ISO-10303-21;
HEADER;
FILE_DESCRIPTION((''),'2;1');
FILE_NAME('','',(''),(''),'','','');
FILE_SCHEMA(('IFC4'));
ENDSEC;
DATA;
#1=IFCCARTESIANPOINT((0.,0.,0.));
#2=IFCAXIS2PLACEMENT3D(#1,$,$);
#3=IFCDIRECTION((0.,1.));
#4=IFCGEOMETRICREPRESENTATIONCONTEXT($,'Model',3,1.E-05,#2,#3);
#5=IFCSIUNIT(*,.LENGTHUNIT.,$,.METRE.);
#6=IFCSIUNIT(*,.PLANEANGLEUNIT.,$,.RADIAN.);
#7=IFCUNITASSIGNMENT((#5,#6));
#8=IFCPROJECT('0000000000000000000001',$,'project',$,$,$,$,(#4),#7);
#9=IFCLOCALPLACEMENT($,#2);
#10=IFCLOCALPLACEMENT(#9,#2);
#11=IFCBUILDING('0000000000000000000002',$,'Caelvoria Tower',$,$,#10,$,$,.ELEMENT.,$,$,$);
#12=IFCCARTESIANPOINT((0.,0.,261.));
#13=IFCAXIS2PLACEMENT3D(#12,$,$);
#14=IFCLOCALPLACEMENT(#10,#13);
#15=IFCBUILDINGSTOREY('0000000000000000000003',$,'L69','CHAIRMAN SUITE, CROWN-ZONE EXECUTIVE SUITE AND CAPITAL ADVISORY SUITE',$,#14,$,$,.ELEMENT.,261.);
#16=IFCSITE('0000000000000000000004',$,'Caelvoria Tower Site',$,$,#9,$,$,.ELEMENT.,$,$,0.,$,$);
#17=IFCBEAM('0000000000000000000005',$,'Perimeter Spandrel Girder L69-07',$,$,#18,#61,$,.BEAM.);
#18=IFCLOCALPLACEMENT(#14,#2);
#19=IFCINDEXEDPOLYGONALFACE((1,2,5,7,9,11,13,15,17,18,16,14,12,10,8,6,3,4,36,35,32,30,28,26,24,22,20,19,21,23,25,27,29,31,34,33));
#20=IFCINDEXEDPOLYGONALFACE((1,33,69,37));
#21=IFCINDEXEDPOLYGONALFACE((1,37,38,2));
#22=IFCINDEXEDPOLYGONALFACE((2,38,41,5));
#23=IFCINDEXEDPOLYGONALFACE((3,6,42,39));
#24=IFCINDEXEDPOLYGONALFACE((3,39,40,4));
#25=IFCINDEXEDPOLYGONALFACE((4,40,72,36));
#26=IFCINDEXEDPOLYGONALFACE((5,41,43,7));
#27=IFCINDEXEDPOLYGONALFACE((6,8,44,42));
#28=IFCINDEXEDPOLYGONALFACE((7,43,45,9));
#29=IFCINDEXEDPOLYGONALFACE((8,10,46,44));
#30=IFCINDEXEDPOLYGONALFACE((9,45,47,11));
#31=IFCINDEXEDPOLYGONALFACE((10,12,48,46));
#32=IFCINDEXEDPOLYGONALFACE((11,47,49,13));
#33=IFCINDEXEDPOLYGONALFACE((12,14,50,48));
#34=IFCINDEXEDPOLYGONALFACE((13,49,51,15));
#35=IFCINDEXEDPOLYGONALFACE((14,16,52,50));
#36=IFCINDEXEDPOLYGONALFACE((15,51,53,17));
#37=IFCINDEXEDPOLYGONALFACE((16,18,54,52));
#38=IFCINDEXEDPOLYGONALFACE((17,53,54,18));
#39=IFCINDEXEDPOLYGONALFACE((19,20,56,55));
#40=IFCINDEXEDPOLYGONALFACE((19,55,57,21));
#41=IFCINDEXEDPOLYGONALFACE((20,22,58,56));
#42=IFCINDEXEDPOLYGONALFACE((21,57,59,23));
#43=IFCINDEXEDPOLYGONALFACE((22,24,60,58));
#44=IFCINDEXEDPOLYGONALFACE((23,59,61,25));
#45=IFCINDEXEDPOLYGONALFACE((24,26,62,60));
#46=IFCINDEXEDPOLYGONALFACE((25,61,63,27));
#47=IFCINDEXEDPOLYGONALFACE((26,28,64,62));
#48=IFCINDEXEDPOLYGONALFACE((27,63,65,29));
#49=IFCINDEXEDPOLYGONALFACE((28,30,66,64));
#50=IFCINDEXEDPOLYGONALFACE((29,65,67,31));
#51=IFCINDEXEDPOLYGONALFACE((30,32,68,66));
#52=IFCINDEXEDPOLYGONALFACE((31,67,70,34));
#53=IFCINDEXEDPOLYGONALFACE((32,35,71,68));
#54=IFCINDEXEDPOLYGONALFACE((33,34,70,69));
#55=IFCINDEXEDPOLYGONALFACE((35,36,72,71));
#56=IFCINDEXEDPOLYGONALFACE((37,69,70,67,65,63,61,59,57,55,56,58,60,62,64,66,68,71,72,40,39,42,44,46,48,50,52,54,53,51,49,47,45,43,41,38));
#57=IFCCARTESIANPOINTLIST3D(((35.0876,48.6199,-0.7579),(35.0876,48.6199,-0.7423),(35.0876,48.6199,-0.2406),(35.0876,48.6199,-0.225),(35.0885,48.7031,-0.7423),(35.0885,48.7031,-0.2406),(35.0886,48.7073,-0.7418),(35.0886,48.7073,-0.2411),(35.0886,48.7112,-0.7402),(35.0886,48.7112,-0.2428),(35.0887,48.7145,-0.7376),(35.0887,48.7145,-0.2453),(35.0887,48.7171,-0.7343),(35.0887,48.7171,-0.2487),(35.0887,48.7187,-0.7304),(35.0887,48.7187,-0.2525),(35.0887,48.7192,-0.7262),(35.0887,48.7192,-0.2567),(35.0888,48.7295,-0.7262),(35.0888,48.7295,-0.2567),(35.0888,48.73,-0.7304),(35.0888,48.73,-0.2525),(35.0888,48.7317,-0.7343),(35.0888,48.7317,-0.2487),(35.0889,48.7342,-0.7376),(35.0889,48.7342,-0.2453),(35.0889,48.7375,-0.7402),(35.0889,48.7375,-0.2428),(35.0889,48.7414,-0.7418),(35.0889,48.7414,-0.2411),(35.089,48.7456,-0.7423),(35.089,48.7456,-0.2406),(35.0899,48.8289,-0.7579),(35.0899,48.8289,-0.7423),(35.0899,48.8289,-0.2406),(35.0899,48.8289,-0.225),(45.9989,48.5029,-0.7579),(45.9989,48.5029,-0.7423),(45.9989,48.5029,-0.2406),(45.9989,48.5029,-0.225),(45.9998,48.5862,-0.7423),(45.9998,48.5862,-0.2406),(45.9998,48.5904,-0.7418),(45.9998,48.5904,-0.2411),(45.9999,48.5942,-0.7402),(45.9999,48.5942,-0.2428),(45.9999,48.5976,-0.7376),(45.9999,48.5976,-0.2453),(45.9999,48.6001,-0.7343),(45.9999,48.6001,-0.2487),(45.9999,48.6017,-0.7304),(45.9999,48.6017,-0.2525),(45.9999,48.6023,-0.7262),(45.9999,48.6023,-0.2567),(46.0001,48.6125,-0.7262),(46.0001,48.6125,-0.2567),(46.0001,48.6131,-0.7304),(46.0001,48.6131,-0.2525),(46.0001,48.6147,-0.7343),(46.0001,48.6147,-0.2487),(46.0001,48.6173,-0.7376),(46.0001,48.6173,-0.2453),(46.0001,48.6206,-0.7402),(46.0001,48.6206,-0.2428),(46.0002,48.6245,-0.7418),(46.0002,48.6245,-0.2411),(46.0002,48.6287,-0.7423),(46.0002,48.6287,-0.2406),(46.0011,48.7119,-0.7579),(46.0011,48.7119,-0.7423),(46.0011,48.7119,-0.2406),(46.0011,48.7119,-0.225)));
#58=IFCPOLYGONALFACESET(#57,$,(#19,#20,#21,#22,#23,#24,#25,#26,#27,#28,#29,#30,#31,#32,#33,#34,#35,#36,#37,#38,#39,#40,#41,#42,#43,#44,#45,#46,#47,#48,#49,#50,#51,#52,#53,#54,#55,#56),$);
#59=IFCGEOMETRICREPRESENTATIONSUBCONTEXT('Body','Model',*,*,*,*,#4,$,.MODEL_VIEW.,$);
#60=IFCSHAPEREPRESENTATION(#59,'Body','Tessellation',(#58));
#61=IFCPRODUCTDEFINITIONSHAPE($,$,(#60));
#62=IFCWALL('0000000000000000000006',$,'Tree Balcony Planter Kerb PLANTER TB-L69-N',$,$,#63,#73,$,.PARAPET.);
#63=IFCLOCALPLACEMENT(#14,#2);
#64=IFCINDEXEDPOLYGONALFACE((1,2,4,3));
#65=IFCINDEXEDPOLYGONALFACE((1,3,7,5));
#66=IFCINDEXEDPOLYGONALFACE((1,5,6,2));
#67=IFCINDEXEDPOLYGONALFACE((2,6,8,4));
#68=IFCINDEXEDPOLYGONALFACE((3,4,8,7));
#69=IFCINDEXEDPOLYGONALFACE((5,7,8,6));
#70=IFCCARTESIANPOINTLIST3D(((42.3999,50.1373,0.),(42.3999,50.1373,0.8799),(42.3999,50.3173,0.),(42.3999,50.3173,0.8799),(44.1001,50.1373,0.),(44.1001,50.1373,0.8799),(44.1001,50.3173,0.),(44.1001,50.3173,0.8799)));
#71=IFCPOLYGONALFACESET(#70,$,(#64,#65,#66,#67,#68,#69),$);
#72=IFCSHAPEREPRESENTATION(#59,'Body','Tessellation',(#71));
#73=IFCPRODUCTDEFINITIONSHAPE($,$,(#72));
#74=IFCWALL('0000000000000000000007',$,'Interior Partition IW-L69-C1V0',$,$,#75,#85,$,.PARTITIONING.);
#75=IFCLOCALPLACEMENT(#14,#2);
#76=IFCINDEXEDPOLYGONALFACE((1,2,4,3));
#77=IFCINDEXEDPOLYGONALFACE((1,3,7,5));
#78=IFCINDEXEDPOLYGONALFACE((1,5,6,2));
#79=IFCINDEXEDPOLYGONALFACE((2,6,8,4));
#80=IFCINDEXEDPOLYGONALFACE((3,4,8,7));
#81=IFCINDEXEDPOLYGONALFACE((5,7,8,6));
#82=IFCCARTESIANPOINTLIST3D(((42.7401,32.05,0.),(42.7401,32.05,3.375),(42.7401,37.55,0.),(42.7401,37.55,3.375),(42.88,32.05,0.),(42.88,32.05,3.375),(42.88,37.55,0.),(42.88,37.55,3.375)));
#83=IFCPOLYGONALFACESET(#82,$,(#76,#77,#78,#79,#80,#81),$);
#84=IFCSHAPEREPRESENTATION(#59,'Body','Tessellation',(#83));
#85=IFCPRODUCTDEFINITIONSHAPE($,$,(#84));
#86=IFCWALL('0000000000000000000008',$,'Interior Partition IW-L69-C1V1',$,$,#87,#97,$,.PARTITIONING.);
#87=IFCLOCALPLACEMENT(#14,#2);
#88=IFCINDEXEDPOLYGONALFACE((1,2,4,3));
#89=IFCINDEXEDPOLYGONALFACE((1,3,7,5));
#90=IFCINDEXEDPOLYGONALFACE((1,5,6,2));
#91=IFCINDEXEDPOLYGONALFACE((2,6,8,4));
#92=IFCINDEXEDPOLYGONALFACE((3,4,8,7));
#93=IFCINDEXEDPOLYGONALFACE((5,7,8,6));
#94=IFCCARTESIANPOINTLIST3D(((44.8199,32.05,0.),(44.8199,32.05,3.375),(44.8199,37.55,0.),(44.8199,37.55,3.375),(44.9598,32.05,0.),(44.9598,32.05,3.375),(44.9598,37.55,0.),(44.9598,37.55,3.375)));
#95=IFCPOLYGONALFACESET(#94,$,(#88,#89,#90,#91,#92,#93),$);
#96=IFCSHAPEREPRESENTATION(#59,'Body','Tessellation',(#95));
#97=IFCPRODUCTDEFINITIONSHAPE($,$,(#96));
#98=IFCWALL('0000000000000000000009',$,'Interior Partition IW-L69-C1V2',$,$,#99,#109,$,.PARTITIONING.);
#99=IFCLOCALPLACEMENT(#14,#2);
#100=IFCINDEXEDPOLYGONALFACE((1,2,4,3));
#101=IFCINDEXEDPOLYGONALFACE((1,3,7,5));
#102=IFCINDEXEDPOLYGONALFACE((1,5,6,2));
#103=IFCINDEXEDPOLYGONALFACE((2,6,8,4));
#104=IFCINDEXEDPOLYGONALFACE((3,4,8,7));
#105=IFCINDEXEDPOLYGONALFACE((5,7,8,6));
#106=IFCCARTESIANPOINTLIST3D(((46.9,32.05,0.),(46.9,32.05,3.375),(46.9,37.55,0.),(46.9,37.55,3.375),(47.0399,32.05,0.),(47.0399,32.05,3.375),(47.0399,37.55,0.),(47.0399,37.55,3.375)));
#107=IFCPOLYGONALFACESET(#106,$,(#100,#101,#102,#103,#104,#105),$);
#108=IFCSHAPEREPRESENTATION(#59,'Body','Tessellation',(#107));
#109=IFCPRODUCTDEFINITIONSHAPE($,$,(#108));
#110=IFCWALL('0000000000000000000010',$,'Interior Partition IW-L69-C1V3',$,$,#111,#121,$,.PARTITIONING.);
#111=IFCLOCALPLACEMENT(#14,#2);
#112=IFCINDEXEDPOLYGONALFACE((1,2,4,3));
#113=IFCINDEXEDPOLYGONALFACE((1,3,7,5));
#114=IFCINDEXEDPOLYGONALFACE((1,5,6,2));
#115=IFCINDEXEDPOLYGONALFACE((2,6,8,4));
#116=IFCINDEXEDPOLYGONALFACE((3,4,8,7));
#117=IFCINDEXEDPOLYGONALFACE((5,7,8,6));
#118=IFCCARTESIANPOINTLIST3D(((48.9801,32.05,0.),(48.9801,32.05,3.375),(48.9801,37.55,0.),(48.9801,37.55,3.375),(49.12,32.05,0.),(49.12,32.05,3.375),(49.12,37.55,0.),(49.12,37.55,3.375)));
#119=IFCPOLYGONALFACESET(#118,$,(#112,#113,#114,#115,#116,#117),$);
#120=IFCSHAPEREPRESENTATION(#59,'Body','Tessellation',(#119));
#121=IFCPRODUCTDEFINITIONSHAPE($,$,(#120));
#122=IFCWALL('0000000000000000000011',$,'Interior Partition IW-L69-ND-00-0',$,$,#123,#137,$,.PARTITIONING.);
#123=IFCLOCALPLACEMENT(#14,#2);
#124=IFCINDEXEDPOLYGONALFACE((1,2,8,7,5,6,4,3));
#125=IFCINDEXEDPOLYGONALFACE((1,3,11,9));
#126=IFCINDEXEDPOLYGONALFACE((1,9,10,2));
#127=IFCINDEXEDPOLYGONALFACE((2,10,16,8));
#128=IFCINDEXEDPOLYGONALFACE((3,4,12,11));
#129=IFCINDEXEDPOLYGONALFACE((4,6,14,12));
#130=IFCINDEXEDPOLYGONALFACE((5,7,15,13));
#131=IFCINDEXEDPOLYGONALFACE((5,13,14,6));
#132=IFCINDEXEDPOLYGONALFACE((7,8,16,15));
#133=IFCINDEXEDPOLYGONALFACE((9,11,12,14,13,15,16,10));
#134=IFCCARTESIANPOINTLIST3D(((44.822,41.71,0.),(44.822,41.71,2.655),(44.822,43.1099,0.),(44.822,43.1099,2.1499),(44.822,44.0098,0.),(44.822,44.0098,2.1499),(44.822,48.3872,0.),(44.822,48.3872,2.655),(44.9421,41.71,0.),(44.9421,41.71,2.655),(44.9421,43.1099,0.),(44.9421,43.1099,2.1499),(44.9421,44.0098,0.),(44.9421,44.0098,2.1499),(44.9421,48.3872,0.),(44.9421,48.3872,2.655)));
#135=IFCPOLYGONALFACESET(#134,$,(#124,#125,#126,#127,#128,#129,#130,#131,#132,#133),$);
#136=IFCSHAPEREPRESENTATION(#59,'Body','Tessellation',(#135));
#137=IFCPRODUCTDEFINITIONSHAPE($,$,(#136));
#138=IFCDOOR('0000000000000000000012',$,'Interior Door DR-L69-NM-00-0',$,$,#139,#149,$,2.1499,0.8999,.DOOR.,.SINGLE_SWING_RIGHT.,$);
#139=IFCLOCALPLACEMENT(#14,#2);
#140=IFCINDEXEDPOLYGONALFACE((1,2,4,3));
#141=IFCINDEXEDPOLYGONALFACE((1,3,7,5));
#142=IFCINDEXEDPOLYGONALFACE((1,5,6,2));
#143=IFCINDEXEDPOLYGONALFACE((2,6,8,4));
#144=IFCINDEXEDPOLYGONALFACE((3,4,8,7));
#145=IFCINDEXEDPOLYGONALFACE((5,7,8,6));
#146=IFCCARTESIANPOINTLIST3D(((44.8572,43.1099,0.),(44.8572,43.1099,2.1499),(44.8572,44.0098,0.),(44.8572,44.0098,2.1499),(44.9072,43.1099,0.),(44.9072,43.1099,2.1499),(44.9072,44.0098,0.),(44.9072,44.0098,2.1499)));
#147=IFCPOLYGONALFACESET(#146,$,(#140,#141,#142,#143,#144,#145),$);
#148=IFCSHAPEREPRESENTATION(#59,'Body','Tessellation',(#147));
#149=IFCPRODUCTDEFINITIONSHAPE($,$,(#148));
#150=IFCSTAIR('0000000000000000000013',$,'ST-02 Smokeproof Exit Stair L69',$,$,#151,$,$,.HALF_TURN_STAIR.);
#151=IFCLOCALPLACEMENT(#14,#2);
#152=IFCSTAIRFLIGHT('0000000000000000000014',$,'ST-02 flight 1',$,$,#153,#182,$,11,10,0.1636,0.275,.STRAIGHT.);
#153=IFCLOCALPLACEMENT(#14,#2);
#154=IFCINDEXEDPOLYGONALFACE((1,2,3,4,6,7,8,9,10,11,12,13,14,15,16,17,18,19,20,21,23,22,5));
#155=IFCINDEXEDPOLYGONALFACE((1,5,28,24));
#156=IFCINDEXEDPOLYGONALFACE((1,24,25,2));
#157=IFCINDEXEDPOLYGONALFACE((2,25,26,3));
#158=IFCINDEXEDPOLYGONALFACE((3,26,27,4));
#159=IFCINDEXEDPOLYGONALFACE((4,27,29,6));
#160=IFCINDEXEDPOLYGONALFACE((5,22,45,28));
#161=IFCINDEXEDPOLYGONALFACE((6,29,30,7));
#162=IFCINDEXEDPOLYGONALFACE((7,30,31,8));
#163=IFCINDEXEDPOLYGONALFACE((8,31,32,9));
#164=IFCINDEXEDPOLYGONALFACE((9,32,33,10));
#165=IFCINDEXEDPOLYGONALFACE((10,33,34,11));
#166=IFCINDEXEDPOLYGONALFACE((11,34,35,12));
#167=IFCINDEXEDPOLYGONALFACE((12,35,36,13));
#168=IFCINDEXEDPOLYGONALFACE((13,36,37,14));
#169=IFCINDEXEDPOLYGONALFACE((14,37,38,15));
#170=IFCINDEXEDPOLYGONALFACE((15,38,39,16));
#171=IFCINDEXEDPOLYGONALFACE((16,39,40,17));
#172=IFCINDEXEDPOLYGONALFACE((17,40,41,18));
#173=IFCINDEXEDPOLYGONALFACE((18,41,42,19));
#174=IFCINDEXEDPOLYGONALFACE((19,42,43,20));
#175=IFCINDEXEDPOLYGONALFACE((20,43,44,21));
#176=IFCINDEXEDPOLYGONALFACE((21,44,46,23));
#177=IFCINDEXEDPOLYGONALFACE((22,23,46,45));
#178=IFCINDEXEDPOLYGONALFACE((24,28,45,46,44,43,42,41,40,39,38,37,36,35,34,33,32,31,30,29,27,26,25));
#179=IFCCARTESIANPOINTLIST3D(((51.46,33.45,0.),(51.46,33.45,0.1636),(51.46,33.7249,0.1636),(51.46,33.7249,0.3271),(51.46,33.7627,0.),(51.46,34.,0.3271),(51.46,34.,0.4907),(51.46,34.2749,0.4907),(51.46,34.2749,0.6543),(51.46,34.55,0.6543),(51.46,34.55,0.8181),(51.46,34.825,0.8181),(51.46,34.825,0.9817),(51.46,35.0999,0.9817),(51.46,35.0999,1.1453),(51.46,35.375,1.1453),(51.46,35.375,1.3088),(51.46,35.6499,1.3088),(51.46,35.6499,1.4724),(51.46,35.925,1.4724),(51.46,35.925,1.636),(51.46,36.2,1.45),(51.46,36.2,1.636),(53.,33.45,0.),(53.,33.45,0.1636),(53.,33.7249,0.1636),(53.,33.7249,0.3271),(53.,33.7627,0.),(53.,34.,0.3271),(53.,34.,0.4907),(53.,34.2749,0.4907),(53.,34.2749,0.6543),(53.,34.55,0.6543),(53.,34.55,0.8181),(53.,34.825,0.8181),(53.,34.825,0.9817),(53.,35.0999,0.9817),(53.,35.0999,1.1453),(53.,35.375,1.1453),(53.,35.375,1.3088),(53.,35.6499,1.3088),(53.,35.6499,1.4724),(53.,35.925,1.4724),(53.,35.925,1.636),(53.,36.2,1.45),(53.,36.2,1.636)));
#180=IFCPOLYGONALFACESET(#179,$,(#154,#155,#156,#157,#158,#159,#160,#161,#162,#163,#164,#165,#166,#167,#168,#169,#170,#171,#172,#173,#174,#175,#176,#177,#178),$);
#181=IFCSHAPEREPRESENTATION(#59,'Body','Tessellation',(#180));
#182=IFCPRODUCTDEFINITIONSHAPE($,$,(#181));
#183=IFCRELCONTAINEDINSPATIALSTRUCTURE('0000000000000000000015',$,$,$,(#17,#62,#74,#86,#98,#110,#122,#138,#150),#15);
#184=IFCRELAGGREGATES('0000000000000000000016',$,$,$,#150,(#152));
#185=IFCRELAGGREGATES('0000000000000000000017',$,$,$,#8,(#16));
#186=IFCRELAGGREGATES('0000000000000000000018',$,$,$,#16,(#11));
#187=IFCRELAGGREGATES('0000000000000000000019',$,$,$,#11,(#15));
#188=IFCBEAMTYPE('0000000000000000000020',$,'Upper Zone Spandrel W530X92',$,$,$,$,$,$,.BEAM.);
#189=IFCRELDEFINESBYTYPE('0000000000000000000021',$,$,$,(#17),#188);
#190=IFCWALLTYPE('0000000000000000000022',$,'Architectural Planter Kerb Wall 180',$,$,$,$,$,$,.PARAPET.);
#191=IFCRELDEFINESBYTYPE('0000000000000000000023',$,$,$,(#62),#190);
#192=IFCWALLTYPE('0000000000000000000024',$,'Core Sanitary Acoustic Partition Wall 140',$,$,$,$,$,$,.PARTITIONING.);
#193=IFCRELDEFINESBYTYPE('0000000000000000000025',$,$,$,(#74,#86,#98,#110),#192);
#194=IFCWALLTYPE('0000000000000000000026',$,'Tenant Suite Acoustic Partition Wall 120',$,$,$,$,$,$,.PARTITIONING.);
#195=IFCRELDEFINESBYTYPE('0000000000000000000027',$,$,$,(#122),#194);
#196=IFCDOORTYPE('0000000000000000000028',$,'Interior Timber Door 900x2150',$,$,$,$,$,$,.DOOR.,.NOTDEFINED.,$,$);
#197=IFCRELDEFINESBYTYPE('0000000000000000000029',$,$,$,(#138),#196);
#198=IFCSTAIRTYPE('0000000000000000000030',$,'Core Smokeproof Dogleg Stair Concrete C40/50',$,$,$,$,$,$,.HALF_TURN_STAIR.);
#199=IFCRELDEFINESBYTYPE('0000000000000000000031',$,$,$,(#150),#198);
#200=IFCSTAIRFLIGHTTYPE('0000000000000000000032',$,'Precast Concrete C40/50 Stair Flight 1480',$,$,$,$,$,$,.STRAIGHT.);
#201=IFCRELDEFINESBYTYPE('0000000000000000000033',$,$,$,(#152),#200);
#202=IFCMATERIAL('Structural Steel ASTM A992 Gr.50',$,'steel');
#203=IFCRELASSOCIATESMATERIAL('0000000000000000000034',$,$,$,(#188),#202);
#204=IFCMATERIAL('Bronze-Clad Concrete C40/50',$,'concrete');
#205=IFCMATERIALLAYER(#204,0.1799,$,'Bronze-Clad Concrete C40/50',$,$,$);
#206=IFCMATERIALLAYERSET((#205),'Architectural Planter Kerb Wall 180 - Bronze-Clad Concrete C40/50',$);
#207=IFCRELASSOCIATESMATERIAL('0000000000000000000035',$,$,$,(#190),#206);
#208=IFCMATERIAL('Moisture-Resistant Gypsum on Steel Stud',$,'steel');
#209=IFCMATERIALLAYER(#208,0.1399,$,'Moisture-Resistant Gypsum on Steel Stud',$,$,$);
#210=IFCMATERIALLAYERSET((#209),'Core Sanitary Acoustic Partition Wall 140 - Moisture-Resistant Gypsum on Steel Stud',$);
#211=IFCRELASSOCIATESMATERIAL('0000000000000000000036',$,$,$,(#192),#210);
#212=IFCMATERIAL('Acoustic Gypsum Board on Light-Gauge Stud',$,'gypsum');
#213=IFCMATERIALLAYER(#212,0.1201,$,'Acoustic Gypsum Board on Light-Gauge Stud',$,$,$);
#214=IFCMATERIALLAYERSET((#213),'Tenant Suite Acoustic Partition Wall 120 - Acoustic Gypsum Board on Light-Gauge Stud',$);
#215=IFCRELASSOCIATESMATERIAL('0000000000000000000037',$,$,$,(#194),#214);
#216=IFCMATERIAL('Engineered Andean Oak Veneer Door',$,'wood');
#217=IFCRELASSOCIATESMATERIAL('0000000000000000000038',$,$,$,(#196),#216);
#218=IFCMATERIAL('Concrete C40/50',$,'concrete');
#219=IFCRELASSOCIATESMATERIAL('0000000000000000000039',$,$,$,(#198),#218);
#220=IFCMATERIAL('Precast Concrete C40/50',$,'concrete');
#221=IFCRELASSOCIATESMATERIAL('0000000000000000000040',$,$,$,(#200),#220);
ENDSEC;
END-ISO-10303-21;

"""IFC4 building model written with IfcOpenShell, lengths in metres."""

from ifc_helpers import new_model, si_unit, direction, frame, frame_2d, origin, origin_2d, place, context, subcontext, project, spatial, polyline, rectangle, i_section, outline, extrude, material, layer, layer_set, material_profile, profile_set, type_object, element, fill, aggregate, save


model = new_model("IFC4")

# Units and contexts
model_context = context("Model", 3, precision=1e-05, world=origin(), true_north=direction((0.0, 1.0)))
body_context = subcontext(model_context, "Body", "Model", "MODEL_VIEW")
ifc_project = project(units=[si_unit("LENGTHUNIT", "METRE"), si_unit("PLANEANGLEUNIT", "RADIAN")], contexts=[model_context])

# Site, building, storey
site_placement = place(None, origin())
site = spatial("IfcSite", under=ifc_project, at=site_placement, Name="Caelvoria Tower Site", CompositionType="ELEMENT", RefElevation=0.0)
building_placement = place(site_placement, origin())
building = spatial("IfcBuilding", under=site, at=building_placement, Name="Caelvoria Tower", CompositionType="ELEMENT")
storey_placement = place(building_placement, frame((0.0, 0.0, 261.0)))
storey = spatial("IfcBuildingStorey", under=building, at=storey_placement, Name="L69", Description="CHAIRMAN SUITE, CROWN-ZONE EXECUTIVE SUITE AND CAPITAL ADVISORY SUITE", CompositionType="ELEMENT", Elevation=261.0)

# Shared definitions
ifc_material_1 = material(Name="Structural Steel ASTM A992 Gr.50", Category="steel")

# Beam
ifc_material_profile_1 = material_profile(ifc_material_1, i_section(OverallWidth=0.209, OverallDepth=0.533, WebThickness=0.0103, FlangeThickness=0.0156, FilletRadius=0.0161, at=origin_2d()), Name="Structural Steel ASTM A992 Gr.50")
ifc_profile_set_1 = profile_set([ifc_material_profile_1], Name="W530X92 - Structural Steel ASTM A992 Gr.50")
beam_type_1 = type_object("IfcBeamType", Name="Upper Zone Spandrel W530X92", PredefinedType="BEAM", material=ifc_profile_set_1)
beam_1_placement = place(storey_placement, frame((46.0, 48.6074, -0.4915), z_axis=(-0.999943, 0.010717, 0.0), x_axis=(-0.010717, -0.999943, 0.0)))
element("IfcBeam", 1, at=beam_1_placement, inside=storey, type_object=beam_type_1, Name="Perimeter Spandrel Girder L69-07", PredefinedType="BEAM", context=body_context, shape_type="SweptSolid", body=[
    extrude(i_section(OverallWidth=0.209, OverallDepth=0.533, WebThickness=0.0103, FlangeThickness=0.0156, FilletRadius=0.0161, at=origin_2d()), origin(), (0.0, 0.0, 1.0), 10.9119),
])

# Walls
ifc_material_2 = material(Name="Bronze-Clad Concrete C40/50", Category="concrete")
ifc_layer_1 = layer(ifc_material_2, 0.1799, Name="Bronze-Clad Concrete C40/50")
ifc_layer_set_1 = layer_set([ifc_layer_1], Name="Architectural Planter Kerb Wall 180 - Bronze-Clad Concrete C40/50")
wall_type_1 = type_object("IfcWallType", Name="Architectural Planter Kerb Wall 180", PredefinedType="PARAPET", material=ifc_layer_set_1)
wall_1_placement = place(storey_placement, frame((42.3999, 50.2273, 0.0), z_axis=(0.0, 0.0, 1.0), x_axis=(1.0, 0.0, 0.0)))
element("IfcWall", 2, at=wall_1_placement, inside=storey, type_object=wall_type_1, Name="Tree Balcony Planter Kerb PLANTER TB-L69-N", PredefinedType="PARAPET", context=body_context, shape_type="SweptSolid", body=[
    extrude(rectangle(XDim=1.7002, YDim=0.1799, at=frame_2d((0.8501, 0.0))), origin(), (0.0, 0.0, 1.0), 0.8799),
])
ifc_material_3 = material(Name="Moisture-Resistant Gypsum on Steel Stud", Category="steel")
ifc_layer_2 = layer(ifc_material_3, 0.1399, Name="Moisture-Resistant Gypsum on Steel Stud")
ifc_layer_set_2 = layer_set([ifc_layer_2], Name="Core Sanitary Acoustic Partition Wall 140 - Moisture-Resistant Gypsum on Steel Stud")
wall_type_2 = type_object("IfcWallType", Name="Core Sanitary Acoustic Partition Wall 140", PredefinedType="PARTITIONING", material=ifc_layer_set_2)
for number, where, z_axis, x_axis, name in (
    (3, (42.8101, 32.05, 0.0), (0.0, 0.0, 1.0), (0.0, 1.0, 0.0), "Interior Partition IW-L69-C1V0"),
    (4, (44.8899, 32.05, 0.0), (0.0, 0.0, 1.0), (0.0, 1.0, 0.0), "Interior Partition IW-L69-C1V1"),
    (5, (46.97, 32.05, 0.0), (0.0, 0.0, 1.0), (0.0, 1.0, 0.0), "Interior Partition IW-L69-C1V2"),
    (6, (49.05, 32.05, 0.0), (0.0, 0.0, 1.0), (0.0, 1.0, 0.0), "Interior Partition IW-L69-C1V3"),
):
    element("IfcWall", number, at=place(storey_placement, frame(where, z_axis=z_axis, x_axis=x_axis)), inside=storey, type_object=wall_type_2, Name=name, PredefinedType="PARTITIONING", context=body_context, shape_type="SweptSolid", body=[
        extrude(rectangle(XDim=5.5, YDim=0.1399, at=frame_2d((2.75, 0.0))), origin(), (0.0, 0.0, 1.0), 3.375),
    ])

# Wall, opening, door
ifc_material_4 = material(Name="Acoustic Gypsum Board on Light-Gauge Stud", Category="gypsum")
ifc_layer_3 = layer(ifc_material_4, 0.1201, Name="Acoustic Gypsum Board on Light-Gauge Stud")
ifc_layer_set_3 = layer_set([ifc_layer_3], Name="Tenant Suite Acoustic Partition Wall 120 - Acoustic Gypsum Board on Light-Gauge Stud")
wall_type_3 = type_object("IfcWallType", Name="Tenant Suite Acoustic Partition Wall 120", PredefinedType="PARTITIONING", material=ifc_layer_set_3)
wall_2_placement = place(storey_placement, frame((44.8821, 41.71, 0.0), z_axis=(0.0, 0.0, 1.0), x_axis=(0.0, 1.0, 0.0)))
wall_2 = element("IfcWall", 7, at=wall_2_placement, inside=storey, type_object=wall_type_3, Name="Interior Partition IW-L69-ND-00-0", PredefinedType="PARTITIONING", context=body_context, shape_type="SweptSolid", body=[
    extrude(rectangle(XDim=6.6772, YDim=0.1201, at=frame_2d((3.3386, 0.0))), origin(), (0.0, 0.0, 1.0), 2.655),
])
opening_placement = place(wall_2_placement, frame((1.3999, 0.0, 0.0)))
opening = element("IfcOpeningElement", 8, at=opening_placement, cuts=wall_2, PredefinedType="OPENING", context=body_context, shape_type="SweptSolid", body=[
    extrude(rectangle(XDim=0.8999, YDim=2.1499, at=frame_2d((0.45, 1.075))), frame((0.0, 0.0701, 0.0), z_axis=(0.0, -1.0, 0.0), x_axis=(1.0, 0.0, 0.0)), (0.0, 0.0, 1.0), 0.1401),
])
ifc_material_5 = material(Name="Engineered Andean Oak Veneer Door", Category="wood")
door_type = type_object("IfcDoorType", Name="Interior Timber Door 900x2150", OperationType="NOTDEFINED", PredefinedType="DOOR", material=ifc_material_5)
door_placement = place(opening_placement, origin())
door = element("IfcDoor", 9, at=door_placement, inside=storey, type_object=door_type, Name="Interior Door DR-L69-NM-00-0", OperationType="SINGLE_SWING_RIGHT", OverallHeight=2.1499, OverallWidth=0.8999, PredefinedType="DOOR", context=body_context, shape_type="SweptSolid", body=[
    extrude(rectangle(XDim=0.8999, YDim=2.1499, at=frame_2d((0.45, 1.075))), frame((0.0, 0.0249, 0.0), z_axis=(0.0, -1.0, 0.0), x_axis=(1.0, 0.0, 0.0)), (0.0, 0.0, 1.0), 0.05),
])
fill(opening, door)

# Stair, stair flight
ifc_material_6 = material(Name="Concrete C40/50", Category="concrete")
stair_type = type_object("IfcStairType", Name="Core Smokeproof Dogleg Stair Concrete C40/50", PredefinedType="HALF_TURN_STAIR", material=ifc_material_6)
stair_placement = place(storey_placement, origin())
stair = element("IfcStair", 10, at=stair_placement, inside=storey, type_object=stair_type, Name="ST-02 Smokeproof Exit Stair L69", PredefinedType="HALF_TURN_STAIR")
ifc_material_7 = material(Name="Precast Concrete C40/50", Category="concrete")
stair_flight_type = type_object("IfcStairFlightType", Name="Precast Concrete C40/50 Stair Flight 1480", PredefinedType="STRAIGHT", material=ifc_material_7)
stair_flight_1_placement = place(storey_placement, frame((52.23, 33.45, 0.0), z_axis=(0.0, 0.0, 1.0), x_axis=(0.0, 1.0, 0.0)))
stair_flight_1 = element("IfcStairFlight", 11, at=stair_flight_1_placement, type_object=stair_flight_type, Name="ST-02 flight 1", NumberOfRisers=11, NumberOfTreads=10, PredefinedType="STRAIGHT", RiserHeight=0.1636, TreadLength=0.275, context=body_context, shape_type="SweptSolid", body=[
    extrude(outline(polyline([(0.0, 0.0), (0.0, 0.1636), (0.2749, 0.1636), (0.2749, 0.3271), (0.55, 0.3271), (0.55, 0.4907), (0.825, 0.4907), (0.825, 0.6543), (1.1001, 0.6543), (1.1001, 0.8181), (1.375, 0.8181), (1.375, 0.9817), (1.6499, 0.9817), (1.6499, 1.1453), (1.925, 1.1453), (1.925, 1.3088), (2.2, 1.3088), (2.2, 1.4724), (2.4751, 1.4724), (2.4751, 1.636), (2.75, 1.636), (2.75, 1.7996), (2.75, 1.45), (0.3127, 0.0), (0.0, 0.0)])), frame((0.0, 0.77, 0.0), z_axis=(0.0, -1.0, 0.0), x_axis=(1.0, 0.0, 0.0)), (0.0, 0.0, 1.0), 1.54),
])
aggregate(stair, [stair_flight_1])

save(model, "model.ifc")
